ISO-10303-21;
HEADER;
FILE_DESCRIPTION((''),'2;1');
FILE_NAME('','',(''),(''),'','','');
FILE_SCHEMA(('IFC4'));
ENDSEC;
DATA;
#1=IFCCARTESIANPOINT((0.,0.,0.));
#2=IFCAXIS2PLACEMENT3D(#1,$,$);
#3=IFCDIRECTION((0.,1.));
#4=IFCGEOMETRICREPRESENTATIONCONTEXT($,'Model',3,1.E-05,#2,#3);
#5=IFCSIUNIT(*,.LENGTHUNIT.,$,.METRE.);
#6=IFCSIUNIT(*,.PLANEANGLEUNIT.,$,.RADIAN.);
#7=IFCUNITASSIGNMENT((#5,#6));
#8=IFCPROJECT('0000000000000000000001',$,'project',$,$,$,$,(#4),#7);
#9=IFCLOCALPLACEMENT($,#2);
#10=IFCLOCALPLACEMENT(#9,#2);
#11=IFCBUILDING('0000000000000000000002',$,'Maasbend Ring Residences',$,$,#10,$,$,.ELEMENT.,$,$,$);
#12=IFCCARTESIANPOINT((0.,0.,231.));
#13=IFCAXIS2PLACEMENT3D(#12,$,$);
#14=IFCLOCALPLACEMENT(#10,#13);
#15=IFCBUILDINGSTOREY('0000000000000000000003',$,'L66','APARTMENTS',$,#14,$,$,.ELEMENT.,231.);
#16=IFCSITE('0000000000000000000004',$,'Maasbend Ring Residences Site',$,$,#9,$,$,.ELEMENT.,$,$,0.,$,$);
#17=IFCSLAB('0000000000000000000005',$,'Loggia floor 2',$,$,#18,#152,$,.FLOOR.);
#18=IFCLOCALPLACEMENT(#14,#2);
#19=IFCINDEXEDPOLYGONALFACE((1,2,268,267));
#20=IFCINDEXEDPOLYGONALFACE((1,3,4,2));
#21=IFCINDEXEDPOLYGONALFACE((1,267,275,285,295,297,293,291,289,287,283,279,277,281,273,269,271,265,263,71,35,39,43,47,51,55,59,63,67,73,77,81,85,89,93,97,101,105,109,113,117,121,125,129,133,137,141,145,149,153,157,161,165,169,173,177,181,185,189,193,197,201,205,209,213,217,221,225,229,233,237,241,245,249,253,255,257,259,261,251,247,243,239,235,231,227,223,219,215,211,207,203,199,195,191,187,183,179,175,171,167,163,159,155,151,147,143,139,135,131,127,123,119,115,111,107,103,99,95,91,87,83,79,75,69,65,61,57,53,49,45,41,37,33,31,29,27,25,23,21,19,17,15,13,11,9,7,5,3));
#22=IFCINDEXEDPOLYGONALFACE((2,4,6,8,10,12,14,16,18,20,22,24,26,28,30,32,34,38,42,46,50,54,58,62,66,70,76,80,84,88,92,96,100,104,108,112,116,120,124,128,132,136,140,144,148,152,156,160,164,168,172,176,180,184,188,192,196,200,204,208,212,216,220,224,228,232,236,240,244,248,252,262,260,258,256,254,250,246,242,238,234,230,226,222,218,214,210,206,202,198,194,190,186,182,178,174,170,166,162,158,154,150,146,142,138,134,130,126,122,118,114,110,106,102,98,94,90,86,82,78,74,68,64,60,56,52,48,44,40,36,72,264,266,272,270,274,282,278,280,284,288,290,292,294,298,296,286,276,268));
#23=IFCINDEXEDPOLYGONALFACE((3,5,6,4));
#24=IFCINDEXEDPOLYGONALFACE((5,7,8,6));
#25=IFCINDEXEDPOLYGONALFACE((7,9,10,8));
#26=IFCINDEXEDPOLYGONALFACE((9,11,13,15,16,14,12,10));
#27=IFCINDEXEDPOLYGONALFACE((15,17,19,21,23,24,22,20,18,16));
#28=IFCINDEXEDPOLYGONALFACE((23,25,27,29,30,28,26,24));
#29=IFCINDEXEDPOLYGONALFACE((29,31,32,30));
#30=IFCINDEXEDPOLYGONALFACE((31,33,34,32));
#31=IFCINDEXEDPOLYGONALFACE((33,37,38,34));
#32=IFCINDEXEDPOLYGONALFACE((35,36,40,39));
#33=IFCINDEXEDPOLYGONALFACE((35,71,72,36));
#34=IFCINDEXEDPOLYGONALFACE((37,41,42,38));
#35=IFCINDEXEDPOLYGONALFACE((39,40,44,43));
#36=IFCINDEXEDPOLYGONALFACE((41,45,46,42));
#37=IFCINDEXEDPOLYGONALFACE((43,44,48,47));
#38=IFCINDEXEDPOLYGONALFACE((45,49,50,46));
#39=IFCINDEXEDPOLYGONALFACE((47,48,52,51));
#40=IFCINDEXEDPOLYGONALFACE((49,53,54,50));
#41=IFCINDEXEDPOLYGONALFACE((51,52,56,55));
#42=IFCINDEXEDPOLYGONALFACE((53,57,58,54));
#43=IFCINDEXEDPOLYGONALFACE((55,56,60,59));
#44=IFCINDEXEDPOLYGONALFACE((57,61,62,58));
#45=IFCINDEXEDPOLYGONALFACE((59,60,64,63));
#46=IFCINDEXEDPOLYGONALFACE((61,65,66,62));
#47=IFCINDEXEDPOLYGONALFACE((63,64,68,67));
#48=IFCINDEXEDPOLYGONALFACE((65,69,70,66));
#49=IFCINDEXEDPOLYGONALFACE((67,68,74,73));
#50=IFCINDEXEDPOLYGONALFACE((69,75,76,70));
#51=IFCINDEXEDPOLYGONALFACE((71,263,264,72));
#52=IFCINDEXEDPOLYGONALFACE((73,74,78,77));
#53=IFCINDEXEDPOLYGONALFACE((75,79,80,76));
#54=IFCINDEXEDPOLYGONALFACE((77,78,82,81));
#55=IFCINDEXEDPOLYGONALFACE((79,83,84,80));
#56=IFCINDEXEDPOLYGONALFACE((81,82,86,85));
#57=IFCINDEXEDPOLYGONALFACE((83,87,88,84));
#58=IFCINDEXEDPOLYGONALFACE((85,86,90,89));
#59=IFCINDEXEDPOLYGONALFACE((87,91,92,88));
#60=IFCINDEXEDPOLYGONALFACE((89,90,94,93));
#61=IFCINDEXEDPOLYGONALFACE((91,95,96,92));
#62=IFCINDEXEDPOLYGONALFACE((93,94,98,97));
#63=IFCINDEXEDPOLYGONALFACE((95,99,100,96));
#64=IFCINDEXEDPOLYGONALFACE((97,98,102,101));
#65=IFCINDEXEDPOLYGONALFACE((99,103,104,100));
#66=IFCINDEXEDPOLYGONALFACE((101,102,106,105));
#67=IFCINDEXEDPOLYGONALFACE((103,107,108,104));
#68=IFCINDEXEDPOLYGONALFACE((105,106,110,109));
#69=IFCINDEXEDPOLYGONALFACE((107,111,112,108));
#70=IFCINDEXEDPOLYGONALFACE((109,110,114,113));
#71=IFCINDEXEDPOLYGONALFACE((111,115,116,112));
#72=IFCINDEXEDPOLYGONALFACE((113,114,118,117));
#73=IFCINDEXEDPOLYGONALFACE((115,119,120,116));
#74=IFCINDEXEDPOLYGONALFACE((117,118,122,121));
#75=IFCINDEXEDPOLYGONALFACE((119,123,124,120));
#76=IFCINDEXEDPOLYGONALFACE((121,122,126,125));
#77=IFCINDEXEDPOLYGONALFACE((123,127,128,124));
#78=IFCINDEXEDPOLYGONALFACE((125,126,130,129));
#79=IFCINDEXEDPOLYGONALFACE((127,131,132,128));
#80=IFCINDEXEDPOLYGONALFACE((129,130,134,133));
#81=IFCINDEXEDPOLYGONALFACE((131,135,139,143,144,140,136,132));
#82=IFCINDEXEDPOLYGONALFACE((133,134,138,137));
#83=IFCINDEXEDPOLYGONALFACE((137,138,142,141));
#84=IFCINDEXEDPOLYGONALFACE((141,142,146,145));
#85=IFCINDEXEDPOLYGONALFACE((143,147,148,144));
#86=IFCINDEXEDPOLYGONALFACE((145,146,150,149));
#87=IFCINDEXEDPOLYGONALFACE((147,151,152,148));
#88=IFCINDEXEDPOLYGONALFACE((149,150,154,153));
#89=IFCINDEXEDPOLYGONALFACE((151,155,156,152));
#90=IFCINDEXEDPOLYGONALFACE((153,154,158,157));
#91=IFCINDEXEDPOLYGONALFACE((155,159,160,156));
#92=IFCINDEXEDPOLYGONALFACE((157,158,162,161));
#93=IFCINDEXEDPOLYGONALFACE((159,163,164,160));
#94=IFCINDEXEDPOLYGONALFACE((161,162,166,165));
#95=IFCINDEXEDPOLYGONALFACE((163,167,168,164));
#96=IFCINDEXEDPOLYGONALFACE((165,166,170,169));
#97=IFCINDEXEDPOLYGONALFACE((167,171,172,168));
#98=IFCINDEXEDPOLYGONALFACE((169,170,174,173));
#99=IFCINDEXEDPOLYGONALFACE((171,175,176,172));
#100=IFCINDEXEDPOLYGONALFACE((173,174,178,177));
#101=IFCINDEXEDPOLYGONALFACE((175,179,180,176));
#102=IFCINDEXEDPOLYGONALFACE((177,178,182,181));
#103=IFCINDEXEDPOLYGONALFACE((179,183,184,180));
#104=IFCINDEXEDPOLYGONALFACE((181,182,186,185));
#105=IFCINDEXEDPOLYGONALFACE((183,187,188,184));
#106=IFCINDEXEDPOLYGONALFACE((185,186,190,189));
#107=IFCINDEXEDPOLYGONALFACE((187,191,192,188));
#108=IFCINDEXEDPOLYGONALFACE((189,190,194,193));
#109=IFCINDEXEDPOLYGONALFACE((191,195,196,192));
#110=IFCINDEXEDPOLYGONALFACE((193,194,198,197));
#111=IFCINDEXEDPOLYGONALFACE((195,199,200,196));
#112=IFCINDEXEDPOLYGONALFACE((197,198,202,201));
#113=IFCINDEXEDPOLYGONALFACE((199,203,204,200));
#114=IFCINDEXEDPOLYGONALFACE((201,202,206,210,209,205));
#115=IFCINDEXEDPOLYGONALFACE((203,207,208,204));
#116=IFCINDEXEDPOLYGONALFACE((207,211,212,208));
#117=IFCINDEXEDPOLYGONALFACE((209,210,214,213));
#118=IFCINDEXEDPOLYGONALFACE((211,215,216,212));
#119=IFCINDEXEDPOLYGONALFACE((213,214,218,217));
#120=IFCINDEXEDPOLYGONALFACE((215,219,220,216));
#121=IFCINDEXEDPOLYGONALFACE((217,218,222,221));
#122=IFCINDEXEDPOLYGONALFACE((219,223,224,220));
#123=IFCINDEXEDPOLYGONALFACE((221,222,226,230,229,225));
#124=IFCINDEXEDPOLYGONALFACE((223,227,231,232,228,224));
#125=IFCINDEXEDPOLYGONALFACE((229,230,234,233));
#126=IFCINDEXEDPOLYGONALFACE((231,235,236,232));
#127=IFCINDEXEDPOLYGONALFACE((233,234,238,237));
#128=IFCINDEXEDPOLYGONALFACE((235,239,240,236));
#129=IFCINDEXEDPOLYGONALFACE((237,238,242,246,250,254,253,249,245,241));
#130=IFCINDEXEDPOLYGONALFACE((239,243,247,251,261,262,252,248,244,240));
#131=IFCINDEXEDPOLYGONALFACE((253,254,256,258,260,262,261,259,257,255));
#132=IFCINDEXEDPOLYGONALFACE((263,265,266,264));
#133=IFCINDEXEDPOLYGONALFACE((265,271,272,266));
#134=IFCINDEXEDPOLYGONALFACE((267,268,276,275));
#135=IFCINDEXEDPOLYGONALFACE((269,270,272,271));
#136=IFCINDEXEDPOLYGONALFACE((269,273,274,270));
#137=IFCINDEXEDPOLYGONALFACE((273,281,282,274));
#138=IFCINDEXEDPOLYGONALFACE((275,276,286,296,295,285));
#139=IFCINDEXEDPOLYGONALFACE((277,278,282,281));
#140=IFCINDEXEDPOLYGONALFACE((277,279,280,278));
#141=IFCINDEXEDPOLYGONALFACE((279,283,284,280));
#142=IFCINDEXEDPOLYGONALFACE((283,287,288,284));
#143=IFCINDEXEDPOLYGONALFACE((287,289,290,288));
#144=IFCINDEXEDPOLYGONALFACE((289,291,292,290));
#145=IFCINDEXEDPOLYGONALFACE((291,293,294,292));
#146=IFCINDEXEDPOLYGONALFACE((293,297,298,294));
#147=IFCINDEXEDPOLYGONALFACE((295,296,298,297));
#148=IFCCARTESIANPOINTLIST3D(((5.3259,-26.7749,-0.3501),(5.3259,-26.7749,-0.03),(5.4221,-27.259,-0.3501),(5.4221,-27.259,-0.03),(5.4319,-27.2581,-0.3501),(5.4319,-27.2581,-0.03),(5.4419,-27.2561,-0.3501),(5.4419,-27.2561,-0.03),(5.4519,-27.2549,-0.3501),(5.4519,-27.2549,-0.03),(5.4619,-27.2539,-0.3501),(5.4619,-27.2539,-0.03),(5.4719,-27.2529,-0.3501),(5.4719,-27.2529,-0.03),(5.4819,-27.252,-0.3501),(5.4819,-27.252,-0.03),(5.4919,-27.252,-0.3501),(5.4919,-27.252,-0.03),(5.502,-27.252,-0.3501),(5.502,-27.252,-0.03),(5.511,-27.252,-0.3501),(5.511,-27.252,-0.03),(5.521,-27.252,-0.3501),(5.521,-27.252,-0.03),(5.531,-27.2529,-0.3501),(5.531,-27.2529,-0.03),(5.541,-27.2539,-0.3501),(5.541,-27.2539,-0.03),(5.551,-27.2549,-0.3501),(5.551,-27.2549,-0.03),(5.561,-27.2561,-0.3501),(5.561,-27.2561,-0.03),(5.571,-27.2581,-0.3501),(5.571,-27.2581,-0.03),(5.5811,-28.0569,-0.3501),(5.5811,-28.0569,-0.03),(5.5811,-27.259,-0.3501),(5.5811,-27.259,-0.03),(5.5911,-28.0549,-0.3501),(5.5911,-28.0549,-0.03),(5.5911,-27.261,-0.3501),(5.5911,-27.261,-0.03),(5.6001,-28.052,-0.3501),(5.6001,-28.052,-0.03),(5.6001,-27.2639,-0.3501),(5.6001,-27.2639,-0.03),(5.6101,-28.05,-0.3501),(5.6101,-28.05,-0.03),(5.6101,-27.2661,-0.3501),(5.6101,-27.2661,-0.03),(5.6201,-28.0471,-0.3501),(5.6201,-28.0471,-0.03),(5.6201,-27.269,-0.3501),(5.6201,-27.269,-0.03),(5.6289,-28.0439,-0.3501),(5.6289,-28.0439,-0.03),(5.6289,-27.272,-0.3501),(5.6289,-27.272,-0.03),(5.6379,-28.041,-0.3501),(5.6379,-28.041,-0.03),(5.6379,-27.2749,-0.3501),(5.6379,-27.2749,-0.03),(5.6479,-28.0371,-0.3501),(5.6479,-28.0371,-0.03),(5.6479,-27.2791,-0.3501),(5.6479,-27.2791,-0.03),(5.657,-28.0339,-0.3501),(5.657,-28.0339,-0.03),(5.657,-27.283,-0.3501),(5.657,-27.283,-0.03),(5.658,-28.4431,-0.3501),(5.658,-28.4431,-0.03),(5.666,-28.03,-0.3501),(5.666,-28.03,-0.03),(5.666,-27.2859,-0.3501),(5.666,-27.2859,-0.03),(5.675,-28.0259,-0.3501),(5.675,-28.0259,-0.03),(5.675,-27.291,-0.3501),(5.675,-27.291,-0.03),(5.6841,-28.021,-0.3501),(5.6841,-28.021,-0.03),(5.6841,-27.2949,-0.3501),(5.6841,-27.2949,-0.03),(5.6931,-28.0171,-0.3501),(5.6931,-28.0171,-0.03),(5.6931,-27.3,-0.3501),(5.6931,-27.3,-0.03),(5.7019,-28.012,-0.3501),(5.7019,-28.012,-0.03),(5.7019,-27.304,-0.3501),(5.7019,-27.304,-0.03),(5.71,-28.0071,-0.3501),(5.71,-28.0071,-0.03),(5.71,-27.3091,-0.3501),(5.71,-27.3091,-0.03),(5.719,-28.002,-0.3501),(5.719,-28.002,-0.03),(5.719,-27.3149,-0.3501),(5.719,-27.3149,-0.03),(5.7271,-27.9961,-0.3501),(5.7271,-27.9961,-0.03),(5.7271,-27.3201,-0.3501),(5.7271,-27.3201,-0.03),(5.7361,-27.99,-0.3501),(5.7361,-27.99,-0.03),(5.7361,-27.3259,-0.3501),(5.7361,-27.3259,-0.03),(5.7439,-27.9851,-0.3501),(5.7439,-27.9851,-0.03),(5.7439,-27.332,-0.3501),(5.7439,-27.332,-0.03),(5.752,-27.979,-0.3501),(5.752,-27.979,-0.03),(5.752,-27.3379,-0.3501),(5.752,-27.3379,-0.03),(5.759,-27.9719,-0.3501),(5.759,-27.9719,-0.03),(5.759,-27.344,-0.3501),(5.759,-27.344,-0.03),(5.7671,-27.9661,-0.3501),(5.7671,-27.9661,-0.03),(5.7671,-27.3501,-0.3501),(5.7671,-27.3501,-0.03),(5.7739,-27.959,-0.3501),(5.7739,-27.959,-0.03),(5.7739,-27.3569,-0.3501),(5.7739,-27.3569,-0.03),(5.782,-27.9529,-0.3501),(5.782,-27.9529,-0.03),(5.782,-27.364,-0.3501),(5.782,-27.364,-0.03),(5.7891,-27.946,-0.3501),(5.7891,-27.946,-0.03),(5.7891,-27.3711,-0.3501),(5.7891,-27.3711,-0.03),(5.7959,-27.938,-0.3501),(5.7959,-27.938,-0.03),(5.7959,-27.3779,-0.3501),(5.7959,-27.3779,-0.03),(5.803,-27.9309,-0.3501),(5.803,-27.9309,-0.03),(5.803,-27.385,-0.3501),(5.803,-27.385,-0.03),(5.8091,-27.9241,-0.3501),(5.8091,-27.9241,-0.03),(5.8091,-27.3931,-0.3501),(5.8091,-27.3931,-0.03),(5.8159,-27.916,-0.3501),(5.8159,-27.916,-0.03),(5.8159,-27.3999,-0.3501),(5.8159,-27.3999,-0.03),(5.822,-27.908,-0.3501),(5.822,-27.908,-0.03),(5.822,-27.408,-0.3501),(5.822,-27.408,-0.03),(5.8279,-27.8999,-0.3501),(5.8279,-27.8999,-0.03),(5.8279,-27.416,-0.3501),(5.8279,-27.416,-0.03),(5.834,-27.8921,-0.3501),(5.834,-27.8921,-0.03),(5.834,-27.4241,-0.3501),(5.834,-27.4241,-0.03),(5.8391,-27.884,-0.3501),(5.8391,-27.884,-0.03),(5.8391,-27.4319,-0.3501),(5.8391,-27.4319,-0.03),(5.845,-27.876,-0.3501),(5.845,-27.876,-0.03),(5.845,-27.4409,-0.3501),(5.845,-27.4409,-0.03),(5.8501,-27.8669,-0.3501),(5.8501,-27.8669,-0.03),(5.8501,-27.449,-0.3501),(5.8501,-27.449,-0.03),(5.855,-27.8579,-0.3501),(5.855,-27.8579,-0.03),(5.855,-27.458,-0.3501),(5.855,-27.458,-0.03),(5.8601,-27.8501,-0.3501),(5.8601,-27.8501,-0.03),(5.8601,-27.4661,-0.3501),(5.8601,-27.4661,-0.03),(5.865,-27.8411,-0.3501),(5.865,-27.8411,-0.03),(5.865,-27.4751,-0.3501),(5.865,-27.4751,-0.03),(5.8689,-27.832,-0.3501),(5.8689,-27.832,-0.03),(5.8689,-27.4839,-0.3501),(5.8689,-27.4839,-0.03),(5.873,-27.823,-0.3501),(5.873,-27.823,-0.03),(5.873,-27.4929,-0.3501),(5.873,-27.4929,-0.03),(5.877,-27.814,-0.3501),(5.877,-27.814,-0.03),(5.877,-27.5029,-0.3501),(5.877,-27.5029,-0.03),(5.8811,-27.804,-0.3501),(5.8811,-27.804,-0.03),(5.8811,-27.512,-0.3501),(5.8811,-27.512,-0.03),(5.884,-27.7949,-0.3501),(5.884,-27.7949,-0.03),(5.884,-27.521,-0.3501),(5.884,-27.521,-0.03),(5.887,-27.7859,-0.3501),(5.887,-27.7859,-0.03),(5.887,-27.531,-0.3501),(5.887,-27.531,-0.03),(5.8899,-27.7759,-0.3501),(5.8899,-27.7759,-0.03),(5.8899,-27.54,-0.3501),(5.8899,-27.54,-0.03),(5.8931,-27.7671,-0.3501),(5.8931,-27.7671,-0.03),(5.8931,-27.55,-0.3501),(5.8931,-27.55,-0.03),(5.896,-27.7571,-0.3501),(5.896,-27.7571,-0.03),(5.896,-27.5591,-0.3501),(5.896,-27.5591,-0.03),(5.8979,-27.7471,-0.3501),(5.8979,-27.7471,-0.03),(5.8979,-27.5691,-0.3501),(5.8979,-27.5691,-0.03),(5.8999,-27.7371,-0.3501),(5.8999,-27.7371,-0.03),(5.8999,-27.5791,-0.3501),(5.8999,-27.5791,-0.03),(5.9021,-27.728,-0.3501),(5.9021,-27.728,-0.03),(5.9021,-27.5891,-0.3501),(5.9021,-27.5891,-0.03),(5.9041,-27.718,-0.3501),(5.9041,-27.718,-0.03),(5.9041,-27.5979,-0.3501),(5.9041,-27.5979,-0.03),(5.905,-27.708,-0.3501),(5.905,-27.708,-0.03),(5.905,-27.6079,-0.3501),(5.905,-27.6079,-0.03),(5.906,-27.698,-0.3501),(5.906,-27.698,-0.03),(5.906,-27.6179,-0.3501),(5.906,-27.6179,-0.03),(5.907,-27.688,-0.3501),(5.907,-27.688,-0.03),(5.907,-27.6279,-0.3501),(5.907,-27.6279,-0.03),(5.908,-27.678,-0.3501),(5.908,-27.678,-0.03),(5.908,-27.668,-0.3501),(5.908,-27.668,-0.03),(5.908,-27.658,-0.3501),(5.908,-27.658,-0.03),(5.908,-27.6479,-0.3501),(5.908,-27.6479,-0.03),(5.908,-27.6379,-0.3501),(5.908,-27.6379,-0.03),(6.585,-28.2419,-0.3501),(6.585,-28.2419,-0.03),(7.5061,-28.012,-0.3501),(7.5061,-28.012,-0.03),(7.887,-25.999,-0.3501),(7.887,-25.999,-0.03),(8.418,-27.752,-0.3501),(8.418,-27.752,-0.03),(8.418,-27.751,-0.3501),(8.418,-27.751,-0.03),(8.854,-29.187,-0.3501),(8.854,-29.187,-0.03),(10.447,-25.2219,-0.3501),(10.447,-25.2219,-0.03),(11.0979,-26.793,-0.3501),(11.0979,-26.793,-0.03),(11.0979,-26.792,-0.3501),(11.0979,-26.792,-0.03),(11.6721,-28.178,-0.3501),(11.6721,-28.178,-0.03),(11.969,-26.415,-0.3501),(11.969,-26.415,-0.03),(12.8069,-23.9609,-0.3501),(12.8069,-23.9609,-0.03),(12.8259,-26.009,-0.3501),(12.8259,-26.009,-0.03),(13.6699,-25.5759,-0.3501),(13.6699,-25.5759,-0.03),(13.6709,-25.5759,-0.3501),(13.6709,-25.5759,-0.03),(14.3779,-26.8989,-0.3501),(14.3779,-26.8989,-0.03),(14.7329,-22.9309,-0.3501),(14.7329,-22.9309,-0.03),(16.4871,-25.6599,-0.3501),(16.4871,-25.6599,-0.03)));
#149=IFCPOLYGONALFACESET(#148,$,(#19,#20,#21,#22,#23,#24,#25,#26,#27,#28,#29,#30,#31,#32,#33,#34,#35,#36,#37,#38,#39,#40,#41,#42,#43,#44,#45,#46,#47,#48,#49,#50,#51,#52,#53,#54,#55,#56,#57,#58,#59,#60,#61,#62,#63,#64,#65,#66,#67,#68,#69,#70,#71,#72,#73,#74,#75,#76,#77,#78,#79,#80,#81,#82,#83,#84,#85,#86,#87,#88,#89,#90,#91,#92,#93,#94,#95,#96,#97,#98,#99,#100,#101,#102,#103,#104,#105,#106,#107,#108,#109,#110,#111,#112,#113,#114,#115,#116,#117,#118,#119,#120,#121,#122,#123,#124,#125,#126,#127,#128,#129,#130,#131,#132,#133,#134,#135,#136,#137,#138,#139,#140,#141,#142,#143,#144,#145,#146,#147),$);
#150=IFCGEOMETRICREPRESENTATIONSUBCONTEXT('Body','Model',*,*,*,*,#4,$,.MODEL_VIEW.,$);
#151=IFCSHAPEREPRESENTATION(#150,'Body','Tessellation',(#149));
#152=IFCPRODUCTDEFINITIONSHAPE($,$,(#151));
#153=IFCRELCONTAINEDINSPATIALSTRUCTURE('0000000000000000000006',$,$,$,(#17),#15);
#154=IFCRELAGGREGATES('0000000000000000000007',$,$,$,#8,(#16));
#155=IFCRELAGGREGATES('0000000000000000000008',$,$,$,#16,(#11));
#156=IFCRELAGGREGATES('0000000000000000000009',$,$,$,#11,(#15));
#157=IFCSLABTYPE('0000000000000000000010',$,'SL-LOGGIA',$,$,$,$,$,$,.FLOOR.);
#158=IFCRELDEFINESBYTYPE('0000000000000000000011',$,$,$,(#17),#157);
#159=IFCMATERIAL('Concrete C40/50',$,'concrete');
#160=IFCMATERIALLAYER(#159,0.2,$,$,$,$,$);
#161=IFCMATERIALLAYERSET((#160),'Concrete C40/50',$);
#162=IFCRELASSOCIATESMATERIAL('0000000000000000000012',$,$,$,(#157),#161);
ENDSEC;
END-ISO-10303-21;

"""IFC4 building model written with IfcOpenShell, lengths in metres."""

from ifc_helpers import new_model, si_unit, direction, frame, origin, place, context, subcontext, project, spatial, polyline, outline, extrude, material, layer, layer_set, type_object, element, save


model = new_model("IFC4")

# Units and contexts
model_context = context("Model", 3, precision=1e-05, world=origin(), true_north=direction((0.0, 1.0)))
body_context = subcontext(model_context, "Body", "Model", "MODEL_VIEW")
ifc_project = project(units=[si_unit("LENGTHUNIT", "METRE"), si_unit("PLANEANGLEUNIT", "RADIAN")], contexts=[model_context])

# Site, building, storey
site_placement = place(None, origin())
site = spatial("IfcSite", under=ifc_project, at=site_placement, Name="Maasbend Ring Residences Site", CompositionType="ELEMENT", RefElevation=0.0)
building_placement = place(site_placement, origin())
building = spatial("IfcBuilding", under=site, at=building_placement, Name="Maasbend Ring Residences", CompositionType="ELEMENT")
storey_placement = place(building_placement, frame((0.0, 0.0, 231.0)))
storey = spatial("IfcBuildingStorey", under=building, at=storey_placement, Name="L66", Description="APARTMENTS", CompositionType="ELEMENT", Elevation=231.0)

# Slab
ifc_material_1 = material(Name="Concrete C40/50", Category="concrete")
ifc_layer_1 = layer(ifc_material_1, 0.2)
ifc_layer_set_1 = layer_set([ifc_layer_1], Name="Concrete C40/50")
slab_type_1 = type_object("IfcSlabType", Name="SL-LOGGIA", PredefinedType="FLOOR", material=ifc_layer_set_1)
slab_1_placement = place(storey_placement, frame((0.0, 0.0, -0.3501)))
element("IfcSlab", 1, at=slab_1_placement, inside=storey, type_object=slab_type_1, Name="Loggia floor 2", PredefinedType="FLOOR", context=body_context, shape_type="SweptSolid", body=[
    extrude(outline(polyline([(10.447, -25.2219), (12.8069, -23.9609), (14.7329, -22.9309), (14.7329, -22.9309), (14.7329, -22.9309), (16.4871, -25.6599), (16.4871, -25.6599), (16.4871, -25.6599), (14.3779, -26.8989), (14.3779, -26.8989), (14.3779, -26.8989), (13.6709, -25.5759), (13.6709, -25.5759), (13.6709, -25.5759), (13.6709, -25.5759), (13.6709, -25.5759), (13.6709, -25.5759), (13.6709, -25.5759), (13.6699, -25.5759), (13.6699, -25.5759), (13.6699, -25.5759), (13.6699, -25.5759), (13.6699, -25.5759), (13.6699, -25.5759), (13.6699, -25.5759), (13.6699, -25.5759), (13.6699, -25.5759), (13.6699, -25.5759), (12.8259, -26.009), (12.8259, -26.009), (11.969, -26.415), (11.969, -26.415), (11.0979, -26.792), (11.0979, -26.792), (11.0979, -26.792), (11.0979, -26.792), (11.0979, -26.792), (11.0979, -26.792), (11.0979, -26.792), (11.0979, -26.793), (11.0979, -26.793), (11.0979, -26.793), (11.0979, -26.793), (11.0979, -26.793), (11.0979, -26.793), (11.0979, -26.793), (11.0979, -26.793), (11.0979, -26.793), (11.0979, -26.793), (11.6721, -28.178), (11.6721, -28.178), (11.6721, -28.178), (8.854, -29.187), (8.854, -29.187), (8.854, -29.187), (8.418, -27.752), (8.418, -27.752), (8.418, -27.752), (8.418, -27.752), (8.418, -27.752), (8.418, -27.752), (8.418, -27.752), (8.418, -27.751), (8.418, -27.751), (8.418, -27.751), (8.418, -27.751), (8.418, -27.751), (8.418, -27.751), (8.418, -27.751), (8.418, -27.751), (8.418, -27.751), (8.418, -27.751), (7.5061, -28.012), (7.5061, -28.012), (6.585, -28.2419), (6.585, -28.2419), (5.658, -28.4431), (5.658, -28.4431), (5.658, -28.4431), (5.5811, -28.0569), (5.5911, -28.0549), (5.6001, -28.052), (5.6101, -28.05), (5.6201, -28.0471), (5.6289, -28.0439), (5.6379, -28.041), (5.6479, -28.0371), (5.657, -28.0339), (5.666, -28.03), (5.675, -28.0259), (5.6841, -28.021), (5.6931, -28.0171), (5.7019, -28.012), (5.71, -28.0071), (5.719, -28.002), (5.7271, -27.9961), (5.7361, -27.99), (5.7439, -27.9851), (5.752, -27.979), (5.759, -27.9719), (5.7671, -27.9661), (5.7739, -27.959), (5.782, -27.9529), (5.7891, -27.946), (5.7959, -27.938), (5.803, -27.9309), (5.8091, -27.9241), (5.8159, -27.916), (5.822, -27.908), (5.8279, -27.8999), (5.834, -27.8921), (5.8391, -27.884), (5.845, -27.876), (5.8501, -27.8669), (5.855, -27.8579), (5.8601, -27.8501), (5.865, -27.8411), (5.8689, -27.832), (5.873, -27.823), (5.877, -27.814), (5.8811, -27.804), (5.884, -27.7949), (5.887, -27.7859), (5.8899, -27.7759), (5.8931, -27.7671), (5.896, -27.7571), (5.8979, -27.7471), (5.8999, -27.7371), (5.9021, -27.728), (5.9041, -27.718), (5.905, -27.708), (5.906, -27.698), (5.907, -27.688), (5.908, -27.678), (5.908, -27.668), (5.908, -27.658), (5.908, -27.6479), (5.908, -27.6379), (5.907, -27.6279), (5.906, -27.6179), (5.905, -27.6079), (5.9041, -27.5979), (5.9021, -27.5891), (5.8999, -27.5791), (5.8979, -27.5691), (5.896, -27.5591), (5.8931, -27.55), (5.8899, -27.54), (5.887, -27.531), (5.884, -27.521), (5.8811, -27.512), (5.877, -27.5029), (5.873, -27.4929), (5.8689, -27.4839), (5.865, -27.4751), (5.8601, -27.4661), (5.855, -27.458), (5.8501, -27.449), (5.845, -27.4409), (5.8391, -27.4319), (5.834, -27.4241), (5.8279, -27.416), (5.822, -27.408), (5.8159, -27.3999), (5.8091, -27.3931), (5.803, -27.385), (5.7959, -27.3779), (5.7891, -27.3711), (5.782, -27.364), (5.7739, -27.3569), (5.7671, -27.3501), (5.759, -27.344), (5.752, -27.3379), (5.7439, -27.332), (5.7361, -27.3259), (5.7271, -27.3201), (5.719, -27.3149), (5.71, -27.3091), (5.7019, -27.304), (5.6931, -27.3), (5.6841, -27.2949), (5.675, -27.291), (5.666, -27.2859), (5.657, -27.283), (5.6479, -27.2791), (5.6379, -27.2749), (5.6289, -27.272), (5.6201, -27.269), (5.6101, -27.2661), (5.6001, -27.2639), (5.5911, -27.261), (5.5811, -27.259), (5.571, -27.2581), (5.561, -27.2561), (5.551, -27.2549), (5.541, -27.2539), (5.531, -27.2529), (5.521, -27.252), (5.511, -27.252), (5.502, -27.252), (5.4919, -27.252), (5.4819, -27.252), (5.4719, -27.2529), (5.4619, -27.2539), (5.4519, -27.2549), (5.4419, -27.2561), (5.4319, -27.2581), (5.4221, -27.259), (5.3259, -26.7749), (5.3259, -26.7749), (5.3259, -26.7749), (7.887, -25.999), (10.447, -25.2219), (10.447, -25.2219), (10.447, -25.2219)])), origin(), (0.0, 0.0, 1.0), 0.3201),
])

save(model, "model.ifc")
